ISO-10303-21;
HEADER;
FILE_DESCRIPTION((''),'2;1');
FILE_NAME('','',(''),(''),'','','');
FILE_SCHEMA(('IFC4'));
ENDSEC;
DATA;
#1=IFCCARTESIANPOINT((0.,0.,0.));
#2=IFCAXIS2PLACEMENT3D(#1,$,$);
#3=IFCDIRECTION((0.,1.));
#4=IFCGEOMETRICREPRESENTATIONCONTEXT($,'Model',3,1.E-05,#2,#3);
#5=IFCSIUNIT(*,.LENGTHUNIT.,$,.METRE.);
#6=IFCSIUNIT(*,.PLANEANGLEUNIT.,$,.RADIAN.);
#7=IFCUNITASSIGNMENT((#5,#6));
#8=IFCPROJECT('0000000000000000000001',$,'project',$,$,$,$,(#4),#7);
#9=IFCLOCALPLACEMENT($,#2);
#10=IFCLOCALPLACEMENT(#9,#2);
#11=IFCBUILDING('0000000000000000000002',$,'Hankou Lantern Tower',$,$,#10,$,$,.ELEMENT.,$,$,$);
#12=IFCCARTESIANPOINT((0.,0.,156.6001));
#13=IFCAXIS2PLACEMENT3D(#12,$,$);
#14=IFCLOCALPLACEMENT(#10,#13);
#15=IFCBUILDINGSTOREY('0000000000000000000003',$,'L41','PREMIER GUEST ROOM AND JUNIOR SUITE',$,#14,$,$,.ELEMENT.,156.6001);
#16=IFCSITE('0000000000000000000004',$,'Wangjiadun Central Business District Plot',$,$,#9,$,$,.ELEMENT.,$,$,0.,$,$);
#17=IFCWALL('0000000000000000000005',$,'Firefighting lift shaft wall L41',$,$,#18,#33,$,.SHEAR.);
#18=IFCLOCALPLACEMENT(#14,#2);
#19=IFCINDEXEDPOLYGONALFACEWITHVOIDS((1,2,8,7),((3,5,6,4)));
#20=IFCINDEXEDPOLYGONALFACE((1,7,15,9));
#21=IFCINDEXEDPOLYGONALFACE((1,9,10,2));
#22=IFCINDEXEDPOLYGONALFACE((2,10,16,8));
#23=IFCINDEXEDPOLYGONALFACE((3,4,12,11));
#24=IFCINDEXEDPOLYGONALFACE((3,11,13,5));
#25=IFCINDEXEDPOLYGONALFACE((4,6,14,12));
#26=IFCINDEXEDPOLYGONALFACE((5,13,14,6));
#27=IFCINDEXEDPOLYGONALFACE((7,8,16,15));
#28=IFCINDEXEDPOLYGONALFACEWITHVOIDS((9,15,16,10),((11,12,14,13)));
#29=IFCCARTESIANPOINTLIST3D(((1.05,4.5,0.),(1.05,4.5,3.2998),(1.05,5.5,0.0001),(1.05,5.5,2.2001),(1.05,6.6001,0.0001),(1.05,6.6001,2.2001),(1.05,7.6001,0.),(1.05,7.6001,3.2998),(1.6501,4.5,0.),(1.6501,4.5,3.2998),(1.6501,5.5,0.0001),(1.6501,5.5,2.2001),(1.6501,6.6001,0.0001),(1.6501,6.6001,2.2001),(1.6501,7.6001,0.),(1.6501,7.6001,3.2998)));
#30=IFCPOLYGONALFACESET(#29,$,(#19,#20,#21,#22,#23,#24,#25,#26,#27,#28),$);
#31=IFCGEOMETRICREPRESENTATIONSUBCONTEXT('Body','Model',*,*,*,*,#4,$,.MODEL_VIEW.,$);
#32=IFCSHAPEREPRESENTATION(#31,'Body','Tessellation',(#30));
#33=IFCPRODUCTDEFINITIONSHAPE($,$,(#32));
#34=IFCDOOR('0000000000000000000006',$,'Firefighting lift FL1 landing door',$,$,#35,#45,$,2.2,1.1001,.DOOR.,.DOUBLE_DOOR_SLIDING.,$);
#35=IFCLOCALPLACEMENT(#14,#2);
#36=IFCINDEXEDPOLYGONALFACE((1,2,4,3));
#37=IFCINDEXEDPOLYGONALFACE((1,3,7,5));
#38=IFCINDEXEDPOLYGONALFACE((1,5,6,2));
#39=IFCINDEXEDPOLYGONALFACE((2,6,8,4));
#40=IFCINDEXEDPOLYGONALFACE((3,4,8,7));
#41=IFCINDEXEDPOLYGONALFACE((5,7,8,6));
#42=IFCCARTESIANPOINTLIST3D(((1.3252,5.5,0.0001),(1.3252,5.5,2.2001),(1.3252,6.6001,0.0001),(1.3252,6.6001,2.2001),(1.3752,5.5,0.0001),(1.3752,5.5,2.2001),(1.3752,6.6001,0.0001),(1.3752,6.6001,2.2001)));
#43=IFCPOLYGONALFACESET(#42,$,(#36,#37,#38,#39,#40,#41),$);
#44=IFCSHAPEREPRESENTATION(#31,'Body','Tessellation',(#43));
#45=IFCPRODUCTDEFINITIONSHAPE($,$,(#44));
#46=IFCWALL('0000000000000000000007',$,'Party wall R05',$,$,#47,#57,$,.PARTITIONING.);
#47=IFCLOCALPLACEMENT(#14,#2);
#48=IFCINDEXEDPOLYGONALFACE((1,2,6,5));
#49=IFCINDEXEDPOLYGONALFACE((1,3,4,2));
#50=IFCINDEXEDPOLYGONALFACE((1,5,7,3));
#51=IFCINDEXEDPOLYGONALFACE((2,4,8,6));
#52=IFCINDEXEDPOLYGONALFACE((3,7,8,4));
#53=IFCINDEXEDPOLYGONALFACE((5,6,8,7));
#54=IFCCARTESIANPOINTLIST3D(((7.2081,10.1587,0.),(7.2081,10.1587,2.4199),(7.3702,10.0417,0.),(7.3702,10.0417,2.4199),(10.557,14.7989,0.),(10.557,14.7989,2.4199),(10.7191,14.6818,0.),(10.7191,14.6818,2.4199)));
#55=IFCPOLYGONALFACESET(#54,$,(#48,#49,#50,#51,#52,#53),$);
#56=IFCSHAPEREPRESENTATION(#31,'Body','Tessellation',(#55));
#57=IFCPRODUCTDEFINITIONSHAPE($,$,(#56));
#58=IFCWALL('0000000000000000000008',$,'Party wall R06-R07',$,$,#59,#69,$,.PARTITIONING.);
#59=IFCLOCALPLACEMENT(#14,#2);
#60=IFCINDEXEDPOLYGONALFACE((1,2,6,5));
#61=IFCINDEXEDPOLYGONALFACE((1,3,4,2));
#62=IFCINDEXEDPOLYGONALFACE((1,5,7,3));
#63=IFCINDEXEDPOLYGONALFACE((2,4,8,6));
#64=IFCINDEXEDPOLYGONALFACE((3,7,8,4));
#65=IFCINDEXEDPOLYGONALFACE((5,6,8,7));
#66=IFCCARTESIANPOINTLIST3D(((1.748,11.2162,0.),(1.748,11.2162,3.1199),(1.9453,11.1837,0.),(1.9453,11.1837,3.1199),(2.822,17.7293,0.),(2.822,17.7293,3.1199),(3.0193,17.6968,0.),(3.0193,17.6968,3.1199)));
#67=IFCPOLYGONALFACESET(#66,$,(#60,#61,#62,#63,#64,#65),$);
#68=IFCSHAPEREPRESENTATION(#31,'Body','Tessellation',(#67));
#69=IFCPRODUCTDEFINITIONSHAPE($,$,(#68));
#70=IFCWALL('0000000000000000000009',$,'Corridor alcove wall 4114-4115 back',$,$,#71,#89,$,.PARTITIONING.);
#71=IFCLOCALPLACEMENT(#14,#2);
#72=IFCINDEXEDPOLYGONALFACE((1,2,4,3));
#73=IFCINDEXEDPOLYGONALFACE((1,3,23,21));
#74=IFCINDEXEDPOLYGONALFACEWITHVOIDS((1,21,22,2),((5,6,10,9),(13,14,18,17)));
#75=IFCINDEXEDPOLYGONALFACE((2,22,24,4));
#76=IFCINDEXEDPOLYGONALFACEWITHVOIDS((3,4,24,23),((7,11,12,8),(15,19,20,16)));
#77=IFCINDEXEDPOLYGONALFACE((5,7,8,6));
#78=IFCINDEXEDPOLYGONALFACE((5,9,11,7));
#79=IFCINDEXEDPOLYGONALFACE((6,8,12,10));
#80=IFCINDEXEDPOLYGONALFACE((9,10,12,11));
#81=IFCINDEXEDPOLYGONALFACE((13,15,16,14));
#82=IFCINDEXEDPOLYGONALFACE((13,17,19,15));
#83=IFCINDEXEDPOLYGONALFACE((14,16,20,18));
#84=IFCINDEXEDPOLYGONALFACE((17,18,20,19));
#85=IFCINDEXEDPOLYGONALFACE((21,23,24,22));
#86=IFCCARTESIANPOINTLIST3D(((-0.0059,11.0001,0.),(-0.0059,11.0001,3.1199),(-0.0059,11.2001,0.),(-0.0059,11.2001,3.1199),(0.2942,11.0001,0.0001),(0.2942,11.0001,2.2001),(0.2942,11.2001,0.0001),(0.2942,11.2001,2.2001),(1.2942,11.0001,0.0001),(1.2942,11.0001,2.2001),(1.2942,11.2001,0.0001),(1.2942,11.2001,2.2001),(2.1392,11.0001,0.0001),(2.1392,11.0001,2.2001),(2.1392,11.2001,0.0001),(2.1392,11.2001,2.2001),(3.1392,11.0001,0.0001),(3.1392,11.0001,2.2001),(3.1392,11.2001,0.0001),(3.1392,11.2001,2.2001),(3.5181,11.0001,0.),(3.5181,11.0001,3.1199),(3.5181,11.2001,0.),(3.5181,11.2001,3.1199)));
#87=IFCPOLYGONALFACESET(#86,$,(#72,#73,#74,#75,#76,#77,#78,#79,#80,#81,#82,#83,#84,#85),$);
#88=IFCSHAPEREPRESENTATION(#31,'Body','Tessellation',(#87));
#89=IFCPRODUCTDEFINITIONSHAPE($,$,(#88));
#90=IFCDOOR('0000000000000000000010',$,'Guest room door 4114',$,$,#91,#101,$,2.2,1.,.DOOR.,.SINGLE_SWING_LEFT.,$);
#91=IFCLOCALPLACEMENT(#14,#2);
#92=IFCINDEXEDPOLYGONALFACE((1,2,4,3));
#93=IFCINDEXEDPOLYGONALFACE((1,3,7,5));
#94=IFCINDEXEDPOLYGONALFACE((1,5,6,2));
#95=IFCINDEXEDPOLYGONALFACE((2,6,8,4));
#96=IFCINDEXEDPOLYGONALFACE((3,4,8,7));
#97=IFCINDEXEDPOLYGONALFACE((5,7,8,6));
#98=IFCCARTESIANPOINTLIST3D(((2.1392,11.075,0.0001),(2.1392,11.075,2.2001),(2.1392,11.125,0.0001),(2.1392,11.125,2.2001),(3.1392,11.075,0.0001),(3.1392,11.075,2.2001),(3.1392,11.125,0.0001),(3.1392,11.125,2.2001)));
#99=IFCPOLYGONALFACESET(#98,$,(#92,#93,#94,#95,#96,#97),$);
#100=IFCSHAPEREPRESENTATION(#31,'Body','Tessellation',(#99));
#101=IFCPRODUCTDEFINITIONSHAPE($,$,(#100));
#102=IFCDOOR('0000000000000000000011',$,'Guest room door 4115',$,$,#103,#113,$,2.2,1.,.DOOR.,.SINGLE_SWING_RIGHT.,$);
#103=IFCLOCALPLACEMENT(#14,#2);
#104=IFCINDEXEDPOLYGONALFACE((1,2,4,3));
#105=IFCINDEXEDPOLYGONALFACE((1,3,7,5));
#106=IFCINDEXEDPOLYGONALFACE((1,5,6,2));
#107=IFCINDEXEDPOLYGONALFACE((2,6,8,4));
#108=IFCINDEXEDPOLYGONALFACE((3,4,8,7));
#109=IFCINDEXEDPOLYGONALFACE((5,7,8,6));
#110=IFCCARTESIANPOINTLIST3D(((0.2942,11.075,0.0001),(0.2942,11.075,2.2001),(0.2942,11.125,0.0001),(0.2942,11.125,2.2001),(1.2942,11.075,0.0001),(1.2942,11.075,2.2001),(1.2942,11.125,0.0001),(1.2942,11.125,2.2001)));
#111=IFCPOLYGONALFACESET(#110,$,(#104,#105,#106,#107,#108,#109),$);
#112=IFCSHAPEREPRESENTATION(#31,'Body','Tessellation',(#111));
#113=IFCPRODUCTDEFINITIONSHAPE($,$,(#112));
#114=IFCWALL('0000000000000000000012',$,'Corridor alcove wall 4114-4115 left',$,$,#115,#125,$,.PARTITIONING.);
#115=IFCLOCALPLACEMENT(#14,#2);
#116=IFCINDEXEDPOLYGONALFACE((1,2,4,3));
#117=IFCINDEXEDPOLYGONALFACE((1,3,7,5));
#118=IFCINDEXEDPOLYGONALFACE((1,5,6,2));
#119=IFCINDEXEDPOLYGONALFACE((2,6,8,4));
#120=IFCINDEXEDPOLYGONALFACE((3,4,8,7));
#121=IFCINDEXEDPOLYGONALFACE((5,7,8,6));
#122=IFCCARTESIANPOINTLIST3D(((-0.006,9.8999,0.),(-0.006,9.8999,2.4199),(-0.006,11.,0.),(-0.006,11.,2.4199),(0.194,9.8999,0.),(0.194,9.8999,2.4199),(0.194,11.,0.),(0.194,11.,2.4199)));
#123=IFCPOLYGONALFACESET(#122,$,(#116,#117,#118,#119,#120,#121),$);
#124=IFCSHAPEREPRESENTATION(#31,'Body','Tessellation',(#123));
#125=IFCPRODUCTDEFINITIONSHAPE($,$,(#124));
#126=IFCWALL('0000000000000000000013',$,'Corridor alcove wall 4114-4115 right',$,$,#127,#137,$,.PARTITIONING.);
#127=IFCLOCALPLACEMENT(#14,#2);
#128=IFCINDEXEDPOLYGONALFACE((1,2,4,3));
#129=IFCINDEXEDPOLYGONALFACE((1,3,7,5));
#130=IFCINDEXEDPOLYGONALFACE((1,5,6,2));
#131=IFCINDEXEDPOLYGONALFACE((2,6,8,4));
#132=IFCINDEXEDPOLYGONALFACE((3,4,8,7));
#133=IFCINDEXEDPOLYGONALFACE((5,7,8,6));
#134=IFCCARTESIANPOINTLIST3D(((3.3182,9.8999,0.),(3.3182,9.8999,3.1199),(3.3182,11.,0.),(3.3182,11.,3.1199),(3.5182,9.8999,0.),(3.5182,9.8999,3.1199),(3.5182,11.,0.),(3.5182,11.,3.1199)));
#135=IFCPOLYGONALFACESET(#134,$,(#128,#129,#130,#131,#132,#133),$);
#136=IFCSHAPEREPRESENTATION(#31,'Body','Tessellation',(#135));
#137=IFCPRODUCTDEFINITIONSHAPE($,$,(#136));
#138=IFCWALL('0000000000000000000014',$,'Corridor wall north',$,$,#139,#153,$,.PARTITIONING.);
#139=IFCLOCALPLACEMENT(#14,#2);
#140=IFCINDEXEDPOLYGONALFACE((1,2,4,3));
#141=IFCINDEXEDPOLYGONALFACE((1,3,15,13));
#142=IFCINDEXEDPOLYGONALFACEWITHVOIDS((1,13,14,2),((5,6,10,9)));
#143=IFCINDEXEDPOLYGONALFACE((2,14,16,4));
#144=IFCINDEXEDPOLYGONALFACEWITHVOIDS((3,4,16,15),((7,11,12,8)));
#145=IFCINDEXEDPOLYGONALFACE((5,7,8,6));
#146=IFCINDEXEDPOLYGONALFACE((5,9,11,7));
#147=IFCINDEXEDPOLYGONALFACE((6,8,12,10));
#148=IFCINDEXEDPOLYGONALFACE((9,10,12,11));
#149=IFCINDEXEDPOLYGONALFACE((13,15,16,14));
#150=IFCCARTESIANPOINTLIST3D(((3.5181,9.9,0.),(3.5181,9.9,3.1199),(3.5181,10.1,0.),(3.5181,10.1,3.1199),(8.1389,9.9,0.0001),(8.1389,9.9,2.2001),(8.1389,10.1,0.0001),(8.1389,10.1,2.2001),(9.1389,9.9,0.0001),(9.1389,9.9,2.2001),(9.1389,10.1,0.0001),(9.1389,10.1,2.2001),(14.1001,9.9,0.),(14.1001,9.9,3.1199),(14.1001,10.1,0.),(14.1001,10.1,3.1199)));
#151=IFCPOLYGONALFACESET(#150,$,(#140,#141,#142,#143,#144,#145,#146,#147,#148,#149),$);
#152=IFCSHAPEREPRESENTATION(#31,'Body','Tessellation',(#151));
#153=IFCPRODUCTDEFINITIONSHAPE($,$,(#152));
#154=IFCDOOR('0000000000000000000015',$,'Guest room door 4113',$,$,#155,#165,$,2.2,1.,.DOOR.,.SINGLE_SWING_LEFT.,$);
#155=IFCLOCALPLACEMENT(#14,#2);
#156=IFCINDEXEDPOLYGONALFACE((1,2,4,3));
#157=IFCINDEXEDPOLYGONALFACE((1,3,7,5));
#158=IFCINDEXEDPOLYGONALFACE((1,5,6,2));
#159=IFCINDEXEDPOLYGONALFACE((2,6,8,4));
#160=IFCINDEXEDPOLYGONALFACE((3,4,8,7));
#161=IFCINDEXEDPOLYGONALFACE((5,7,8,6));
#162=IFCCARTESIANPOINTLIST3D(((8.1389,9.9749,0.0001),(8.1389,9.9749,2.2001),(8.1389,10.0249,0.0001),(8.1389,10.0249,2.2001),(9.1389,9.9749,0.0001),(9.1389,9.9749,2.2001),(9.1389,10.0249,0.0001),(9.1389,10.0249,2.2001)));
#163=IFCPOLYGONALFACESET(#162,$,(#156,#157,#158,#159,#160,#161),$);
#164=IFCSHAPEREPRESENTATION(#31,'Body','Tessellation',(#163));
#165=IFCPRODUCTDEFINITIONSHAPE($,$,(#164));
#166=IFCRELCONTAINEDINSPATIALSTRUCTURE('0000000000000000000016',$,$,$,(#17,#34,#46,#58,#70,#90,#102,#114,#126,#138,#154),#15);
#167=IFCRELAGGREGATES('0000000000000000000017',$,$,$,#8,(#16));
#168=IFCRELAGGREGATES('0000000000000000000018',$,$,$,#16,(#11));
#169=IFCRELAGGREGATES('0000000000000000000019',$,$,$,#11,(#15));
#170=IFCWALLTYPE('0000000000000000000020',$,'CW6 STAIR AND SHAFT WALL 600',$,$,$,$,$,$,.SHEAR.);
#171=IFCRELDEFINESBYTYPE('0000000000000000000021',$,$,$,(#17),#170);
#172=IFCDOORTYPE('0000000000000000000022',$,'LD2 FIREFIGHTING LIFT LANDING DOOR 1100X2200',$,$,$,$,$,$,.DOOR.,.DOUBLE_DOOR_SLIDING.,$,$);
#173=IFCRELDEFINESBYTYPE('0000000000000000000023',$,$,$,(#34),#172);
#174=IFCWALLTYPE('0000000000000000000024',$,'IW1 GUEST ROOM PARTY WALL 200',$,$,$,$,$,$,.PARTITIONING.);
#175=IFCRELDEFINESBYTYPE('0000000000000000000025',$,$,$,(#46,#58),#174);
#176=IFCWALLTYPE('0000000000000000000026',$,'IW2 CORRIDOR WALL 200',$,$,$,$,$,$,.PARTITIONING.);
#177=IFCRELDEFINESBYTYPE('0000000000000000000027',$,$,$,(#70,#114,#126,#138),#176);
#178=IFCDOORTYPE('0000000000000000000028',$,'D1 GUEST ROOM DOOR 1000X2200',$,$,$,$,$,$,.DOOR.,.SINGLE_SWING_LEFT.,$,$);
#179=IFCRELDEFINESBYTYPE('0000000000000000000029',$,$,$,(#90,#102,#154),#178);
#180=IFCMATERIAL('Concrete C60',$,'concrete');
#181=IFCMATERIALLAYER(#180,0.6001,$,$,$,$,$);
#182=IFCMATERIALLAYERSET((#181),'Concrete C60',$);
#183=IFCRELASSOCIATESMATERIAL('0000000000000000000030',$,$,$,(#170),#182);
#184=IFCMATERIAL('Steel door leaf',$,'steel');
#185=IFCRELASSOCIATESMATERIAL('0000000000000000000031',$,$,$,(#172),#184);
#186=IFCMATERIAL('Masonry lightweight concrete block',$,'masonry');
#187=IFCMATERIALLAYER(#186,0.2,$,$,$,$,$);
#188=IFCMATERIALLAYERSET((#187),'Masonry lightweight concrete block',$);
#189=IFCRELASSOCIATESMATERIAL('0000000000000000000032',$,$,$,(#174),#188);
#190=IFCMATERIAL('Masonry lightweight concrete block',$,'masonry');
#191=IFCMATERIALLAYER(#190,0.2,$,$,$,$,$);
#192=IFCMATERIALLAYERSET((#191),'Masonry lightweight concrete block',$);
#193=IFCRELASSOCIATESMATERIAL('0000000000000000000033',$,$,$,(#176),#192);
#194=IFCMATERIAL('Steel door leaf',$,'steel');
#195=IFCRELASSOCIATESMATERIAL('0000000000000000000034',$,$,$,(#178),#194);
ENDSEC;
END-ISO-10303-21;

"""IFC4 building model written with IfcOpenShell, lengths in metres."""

from ifc_helpers import new_model, si_unit, direction, frame, frame_2d, origin, place, context, subcontext, project, spatial, rectangle, extrude, material, layer, layer_set, type_object, element, fill, save


model = new_model("IFC4")

# Units and contexts
model_context = context("Model", 3, precision=1e-05, world=origin(), true_north=direction((0.0, 1.0)))
body_context = subcontext(model_context, "Body", "Model", "MODEL_VIEW")
ifc_project = project(units=[si_unit("LENGTHUNIT", "METRE"), si_unit("PLANEANGLEUNIT", "RADIAN")], contexts=[model_context])

# Site, building, storey
site_placement = place(None, origin())
site = spatial("IfcSite", under=ifc_project, at=site_placement, Name="Wangjiadun Central Business District Plot", CompositionType="ELEMENT", RefElevation=0.0)
building_placement = place(site_placement, origin())
building = spatial("IfcBuilding", under=site, at=building_placement, Name="Hankou Lantern Tower", CompositionType="ELEMENT")
storey_placement = place(building_placement, frame((0.0, 0.0, 156.6001)))
storey = spatial("IfcBuildingStorey", under=building, at=storey_placement, Name="L41", Description="PREMIER GUEST ROOM AND JUNIOR SUITE", CompositionType="ELEMENT", Elevation=156.6001)

# Wall, opening, door
ifc_material_1 = material(Name="Concrete C60", Category="concrete")
ifc_layer_1 = layer(ifc_material_1, 0.6001)
ifc_layer_set_1 = layer_set([ifc_layer_1], Name="Concrete C60")
wall_type_1 = type_object("IfcWallType", Name="CW6 STAIR AND SHAFT WALL 600", PredefinedType="SHEAR", material=ifc_layer_set_1)
wall_1_placement = place(storey_placement, frame((1.3501, 4.5, 0.0), z_axis=(0.0, 0.0, 1.0), x_axis=(0.0, 1.0, 0.0)))
wall_1 = element("IfcWall", 1, at=wall_1_placement, inside=storey, type_object=wall_type_1, Name="Firefighting lift shaft wall L41", PredefinedType="SHEAR", context=body_context, shape_type="SweptSolid", body=[
    extrude(rectangle(XDim=3.1001, YDim=0.6001, at=frame_2d((1.55, 0.0))), origin(), (0.0, 0.0, 1.0), 3.2998),
])
opening_1_placement = place(wall_1_placement, frame((1.0, 0.0, 0.0)))
opening_1 = element("IfcOpeningElement", 2, at=opening_1_placement, cuts=wall_1, PredefinedType="OPENING", context=body_context, shape_type="SweptSolid", body=[
    extrude(rectangle(XDim=1.1001, YDim=2.2, at=frame_2d((0.55, 1.1001))), frame((0.0, 0.3101, 0.0), z_axis=(0.0, -1.0, 0.0), x_axis=(1.0, 0.0, 0.0)), (0.0, 0.0, 1.0), 0.6201),
])
ifc_material_2 = material(Name="Steel door leaf", Category="steel")
door_type_1 = type_object("IfcDoorType", Name="LD2 FIREFIGHTING LIFT LANDING DOOR 1100X2200", OperationType="DOUBLE_DOOR_SLIDING", PredefinedType="DOOR", material=ifc_material_2)
door_1_placement = place(opening_1_placement, origin())
door_1 = element("IfcDoor", 3, at=door_1_placement, inside=storey, type_object=door_type_1, Name="Firefighting lift FL1 landing door", OperationType="DOUBLE_DOOR_SLIDING", OverallHeight=2.2, OverallWidth=1.1001, PredefinedType="DOOR", context=body_context, shape_type="SweptSolid", body=[
    extrude(rectangle(XDim=1.1001, YDim=2.2, at=frame_2d((0.55, 1.1001))), frame((0.0, 0.0249, 0.0), z_axis=(0.0, -1.0, 0.0), x_axis=(1.0, 0.0, 0.0)), (0.0, 0.0, 1.0), 0.05),
])
fill(opening_1, door_1)

# Walls
ifc_material_3 = material(Name="Masonry lightweight concrete block", Category="masonry")
ifc_layer_2 = layer(ifc_material_3, 0.2)
ifc_layer_set_2 = layer_set([ifc_layer_2], Name="Masonry lightweight concrete block")
wall_type_2 = type_object("IfcWallType", Name="IW1 GUEST ROOM PARTY WALL 200", PredefinedType="PARTITIONING", material=ifc_layer_set_2)
wall_2_placement = place(storey_placement, frame((7.2891, 10.1001, 0.0), z_axis=(0.0, 0.0, 1.0), x_axis=(0.585223, 0.810873, 0.0)))
element("IfcWall", 4, at=wall_2_placement, inside=storey, type_object=wall_type_2, Name="Party wall R05", PredefinedType="PARTITIONING", context=body_context, shape_type="SweptSolid", body=[
    extrude(rectangle(XDim=5.7224, YDim=0.2, at=frame_2d((2.8613, 0.0))), origin(), (0.0, 0.0, 1.0), 2.4199),
])
wall_3_placement = place(storey_placement, frame((1.8467, 11.2, 0.0), z_axis=(0.0, 0.0, 1.0), x_axis=(0.162695, 0.986676, 0.0)))
element("IfcWall", 5, at=wall_3_placement, inside=storey, type_object=wall_type_2, Name="Party wall R06-R07", PredefinedType="PARTITIONING", context=body_context, shape_type="SweptSolid", body=[
    extrude(rectangle(XDim=6.6011, YDim=0.2, at=frame_2d((3.3005, 0.0))), origin(), (0.0, 0.0, 1.0), 3.1199),
])

# Wall, openings, doors
ifc_material_4 = material(Name="Masonry lightweight concrete block", Category="masonry")
ifc_layer_3 = layer(ifc_material_4, 0.2)
ifc_layer_set_3 = layer_set([ifc_layer_3], Name="Masonry lightweight concrete block")
wall_type_3 = type_object("IfcWallType", Name="IW2 CORRIDOR WALL 200", PredefinedType="PARTITIONING", material=ifc_layer_set_3)
wall_4_placement = place(storey_placement, frame((-0.0059, 11.1001, 0.0), z_axis=(0.0, 0.0, 1.0), x_axis=(1.0, 0.0, 0.0)))
wall_4 = element("IfcWall", 6, at=wall_4_placement, inside=storey, type_object=wall_type_3, Name="Corridor alcove wall 4114-4115 back", PredefinedType="PARTITIONING", context=body_context, shape_type="SweptSolid", body=[
    extrude(rectangle(XDim=3.5239, YDim=0.2, at=frame_2d((1.762, 0.0))), origin(), (0.0, 0.0, 1.0), 3.1199),
])
opening_2_placement = place(wall_4_placement, frame((2.145, 0.0, 0.0)))
opening_2 = element("IfcOpeningElement", 7, at=opening_2_placement, cuts=wall_4, PredefinedType="OPENING", context=body_context, shape_type="SweptSolid", body=[
    extrude(rectangle(XDim=1.0, YDim=2.2, at=frame_2d((0.5, 1.1001))), frame((0.0, 0.1099, 0.0), z_axis=(0.0, -1.0, 0.0), x_axis=(1.0, 0.0, 0.0)), (0.0, 0.0, 1.0), 0.22),
])
opening_3_placement = place(wall_4_placement, frame((0.3, 0.0, 0.0)))
opening_3 = element("IfcOpeningElement", 8, at=opening_3_placement, cuts=wall_4, PredefinedType="OPENING", context=body_context, shape_type="SweptSolid", body=[
    extrude(rectangle(XDim=1.0, YDim=2.2, at=frame_2d((0.5, 1.1001))), frame((0.0, 0.1099, 0.0), z_axis=(0.0, -1.0, 0.0), x_axis=(1.0, 0.0, 0.0)), (0.0, 0.0, 1.0), 0.22),
])
ifc_material_5 = material(Name="Steel door leaf", Category="steel")
door_type_2 = type_object("IfcDoorType", Name="D1 GUEST ROOM DOOR 1000X2200", OperationType="SINGLE_SWING_LEFT", PredefinedType="DOOR", material=ifc_material_5)
door_2_placement = place(opening_2_placement, origin())
door_2 = element("IfcDoor", 9, at=door_2_placement, inside=storey, type_object=door_type_2, Name="Guest room door 4114", OperationType="SINGLE_SWING_LEFT", OverallHeight=2.2, OverallWidth=1.0, PredefinedType="DOOR", context=body_context, shape_type="SweptSolid", body=[
    extrude(rectangle(XDim=1.0, YDim=2.2, at=frame_2d((0.5, 1.1001))), frame((0.0, 0.0249, 0.0), z_axis=(0.0, -1.0, 0.0), x_axis=(1.0, 0.0, 0.0)), (0.0, 0.0, 1.0), 0.05),
])
fill(opening_2, door_2)
door_3_placement = place(opening_3_placement, origin())
door_3 = element("IfcDoor", 10, at=door_3_placement, inside=storey, type_object=door_type_2, Name="Guest room door 4115", OperationType="SINGLE_SWING_RIGHT", OverallHeight=2.2, OverallWidth=1.0, PredefinedType="DOOR", context=body_context, shape_type="SweptSolid", body=[
    extrude(rectangle(XDim=1.0, YDim=2.2, at=frame_2d((0.5, 1.1001))), frame((0.0, 0.0249, 0.0), z_axis=(0.0, -1.0, 0.0), x_axis=(1.0, 0.0, 0.0)), (0.0, 0.0, 1.0), 0.05),
])
fill(opening_3, door_3)

# Walls
wall_5_placement = place(storey_placement, frame((0.094, 9.8999, 0.0), z_axis=(0.0, 0.0, 1.0), x_axis=(0.0, 1.0, 0.0)))
element("IfcWall", 11, at=wall_5_placement, inside=storey, type_object=wall_type_3, Name="Corridor alcove wall 4114-4115 left", PredefinedType="PARTITIONING", context=body_context, shape_type="SweptSolid", body=[
    extrude(rectangle(XDim=1.1001, YDim=0.2, at=frame_2d((0.55, 0.0))), origin(), (0.0, 0.0, 1.0), 2.4199),
])
wall_6_placement = place(storey_placement, frame((3.4182, 9.8999, 0.0), z_axis=(0.0, 0.0, 1.0), x_axis=(0.0, 1.0, 0.0)))
element("IfcWall", 12, at=wall_6_placement, inside=storey, type_object=wall_type_3, Name="Corridor alcove wall 4114-4115 right", PredefinedType="PARTITIONING", context=body_context, shape_type="SweptSolid", body=[
    extrude(rectangle(XDim=1.1001, YDim=0.2, at=frame_2d((0.55, 0.0))), origin(), (0.0, 0.0, 1.0), 3.1199),
])

# Wall, opening, door
wall_7_placement = place(storey_placement, frame((3.5181, 10.0, 0.0), z_axis=(0.0, 0.0, 1.0), x_axis=(1.0, 0.0, 0.0)))
wall_7 = element("IfcWall", 13, at=wall_7_placement, inside=storey, type_object=wall_type_3, Name="Corridor wall north", PredefinedType="PARTITIONING", context=body_context, shape_type="SweptSolid", body=[
    extrude(rectangle(XDim=10.582, YDim=0.2, at=frame_2d((5.291, 0.0))), origin(), (0.0, 0.0, 1.0), 3.1199),
])
opening_4_placement = place(wall_7_placement, frame((4.6208, 0.0, 0.0)))
opening_4 = element("IfcOpeningElement", 14, at=opening_4_placement, cuts=wall_7, PredefinedType="OPENING", context=body_context, shape_type="SweptSolid", body=[
    extrude(rectangle(XDim=1.0, YDim=2.2, at=frame_2d((0.5, 1.1001))), frame((0.0, 0.1099, 0.0), z_axis=(0.0, -1.0, 0.0), x_axis=(1.0, 0.0, 0.0)), (0.0, 0.0, 1.0), 0.22),
])
door_4_placement = place(opening_4_placement, origin())
door_4 = element("IfcDoor", 15, at=door_4_placement, inside=storey, type_object=door_type_2, Name="Guest room door 4113", OperationType="SINGLE_SWING_LEFT", OverallHeight=2.2, OverallWidth=1.0, PredefinedType="DOOR", context=body_context, shape_type="SweptSolid", body=[
    extrude(rectangle(XDim=1.0, YDim=2.2, at=frame_2d((0.5, 1.1001))), frame((0.0, 0.0249, 0.0), z_axis=(0.0, -1.0, 0.0), x_axis=(1.0, 0.0, 0.0)), (0.0, 0.0, 1.0), 0.05),
])
fill(opening_4, door_4)

save(model, "model.ifc")
